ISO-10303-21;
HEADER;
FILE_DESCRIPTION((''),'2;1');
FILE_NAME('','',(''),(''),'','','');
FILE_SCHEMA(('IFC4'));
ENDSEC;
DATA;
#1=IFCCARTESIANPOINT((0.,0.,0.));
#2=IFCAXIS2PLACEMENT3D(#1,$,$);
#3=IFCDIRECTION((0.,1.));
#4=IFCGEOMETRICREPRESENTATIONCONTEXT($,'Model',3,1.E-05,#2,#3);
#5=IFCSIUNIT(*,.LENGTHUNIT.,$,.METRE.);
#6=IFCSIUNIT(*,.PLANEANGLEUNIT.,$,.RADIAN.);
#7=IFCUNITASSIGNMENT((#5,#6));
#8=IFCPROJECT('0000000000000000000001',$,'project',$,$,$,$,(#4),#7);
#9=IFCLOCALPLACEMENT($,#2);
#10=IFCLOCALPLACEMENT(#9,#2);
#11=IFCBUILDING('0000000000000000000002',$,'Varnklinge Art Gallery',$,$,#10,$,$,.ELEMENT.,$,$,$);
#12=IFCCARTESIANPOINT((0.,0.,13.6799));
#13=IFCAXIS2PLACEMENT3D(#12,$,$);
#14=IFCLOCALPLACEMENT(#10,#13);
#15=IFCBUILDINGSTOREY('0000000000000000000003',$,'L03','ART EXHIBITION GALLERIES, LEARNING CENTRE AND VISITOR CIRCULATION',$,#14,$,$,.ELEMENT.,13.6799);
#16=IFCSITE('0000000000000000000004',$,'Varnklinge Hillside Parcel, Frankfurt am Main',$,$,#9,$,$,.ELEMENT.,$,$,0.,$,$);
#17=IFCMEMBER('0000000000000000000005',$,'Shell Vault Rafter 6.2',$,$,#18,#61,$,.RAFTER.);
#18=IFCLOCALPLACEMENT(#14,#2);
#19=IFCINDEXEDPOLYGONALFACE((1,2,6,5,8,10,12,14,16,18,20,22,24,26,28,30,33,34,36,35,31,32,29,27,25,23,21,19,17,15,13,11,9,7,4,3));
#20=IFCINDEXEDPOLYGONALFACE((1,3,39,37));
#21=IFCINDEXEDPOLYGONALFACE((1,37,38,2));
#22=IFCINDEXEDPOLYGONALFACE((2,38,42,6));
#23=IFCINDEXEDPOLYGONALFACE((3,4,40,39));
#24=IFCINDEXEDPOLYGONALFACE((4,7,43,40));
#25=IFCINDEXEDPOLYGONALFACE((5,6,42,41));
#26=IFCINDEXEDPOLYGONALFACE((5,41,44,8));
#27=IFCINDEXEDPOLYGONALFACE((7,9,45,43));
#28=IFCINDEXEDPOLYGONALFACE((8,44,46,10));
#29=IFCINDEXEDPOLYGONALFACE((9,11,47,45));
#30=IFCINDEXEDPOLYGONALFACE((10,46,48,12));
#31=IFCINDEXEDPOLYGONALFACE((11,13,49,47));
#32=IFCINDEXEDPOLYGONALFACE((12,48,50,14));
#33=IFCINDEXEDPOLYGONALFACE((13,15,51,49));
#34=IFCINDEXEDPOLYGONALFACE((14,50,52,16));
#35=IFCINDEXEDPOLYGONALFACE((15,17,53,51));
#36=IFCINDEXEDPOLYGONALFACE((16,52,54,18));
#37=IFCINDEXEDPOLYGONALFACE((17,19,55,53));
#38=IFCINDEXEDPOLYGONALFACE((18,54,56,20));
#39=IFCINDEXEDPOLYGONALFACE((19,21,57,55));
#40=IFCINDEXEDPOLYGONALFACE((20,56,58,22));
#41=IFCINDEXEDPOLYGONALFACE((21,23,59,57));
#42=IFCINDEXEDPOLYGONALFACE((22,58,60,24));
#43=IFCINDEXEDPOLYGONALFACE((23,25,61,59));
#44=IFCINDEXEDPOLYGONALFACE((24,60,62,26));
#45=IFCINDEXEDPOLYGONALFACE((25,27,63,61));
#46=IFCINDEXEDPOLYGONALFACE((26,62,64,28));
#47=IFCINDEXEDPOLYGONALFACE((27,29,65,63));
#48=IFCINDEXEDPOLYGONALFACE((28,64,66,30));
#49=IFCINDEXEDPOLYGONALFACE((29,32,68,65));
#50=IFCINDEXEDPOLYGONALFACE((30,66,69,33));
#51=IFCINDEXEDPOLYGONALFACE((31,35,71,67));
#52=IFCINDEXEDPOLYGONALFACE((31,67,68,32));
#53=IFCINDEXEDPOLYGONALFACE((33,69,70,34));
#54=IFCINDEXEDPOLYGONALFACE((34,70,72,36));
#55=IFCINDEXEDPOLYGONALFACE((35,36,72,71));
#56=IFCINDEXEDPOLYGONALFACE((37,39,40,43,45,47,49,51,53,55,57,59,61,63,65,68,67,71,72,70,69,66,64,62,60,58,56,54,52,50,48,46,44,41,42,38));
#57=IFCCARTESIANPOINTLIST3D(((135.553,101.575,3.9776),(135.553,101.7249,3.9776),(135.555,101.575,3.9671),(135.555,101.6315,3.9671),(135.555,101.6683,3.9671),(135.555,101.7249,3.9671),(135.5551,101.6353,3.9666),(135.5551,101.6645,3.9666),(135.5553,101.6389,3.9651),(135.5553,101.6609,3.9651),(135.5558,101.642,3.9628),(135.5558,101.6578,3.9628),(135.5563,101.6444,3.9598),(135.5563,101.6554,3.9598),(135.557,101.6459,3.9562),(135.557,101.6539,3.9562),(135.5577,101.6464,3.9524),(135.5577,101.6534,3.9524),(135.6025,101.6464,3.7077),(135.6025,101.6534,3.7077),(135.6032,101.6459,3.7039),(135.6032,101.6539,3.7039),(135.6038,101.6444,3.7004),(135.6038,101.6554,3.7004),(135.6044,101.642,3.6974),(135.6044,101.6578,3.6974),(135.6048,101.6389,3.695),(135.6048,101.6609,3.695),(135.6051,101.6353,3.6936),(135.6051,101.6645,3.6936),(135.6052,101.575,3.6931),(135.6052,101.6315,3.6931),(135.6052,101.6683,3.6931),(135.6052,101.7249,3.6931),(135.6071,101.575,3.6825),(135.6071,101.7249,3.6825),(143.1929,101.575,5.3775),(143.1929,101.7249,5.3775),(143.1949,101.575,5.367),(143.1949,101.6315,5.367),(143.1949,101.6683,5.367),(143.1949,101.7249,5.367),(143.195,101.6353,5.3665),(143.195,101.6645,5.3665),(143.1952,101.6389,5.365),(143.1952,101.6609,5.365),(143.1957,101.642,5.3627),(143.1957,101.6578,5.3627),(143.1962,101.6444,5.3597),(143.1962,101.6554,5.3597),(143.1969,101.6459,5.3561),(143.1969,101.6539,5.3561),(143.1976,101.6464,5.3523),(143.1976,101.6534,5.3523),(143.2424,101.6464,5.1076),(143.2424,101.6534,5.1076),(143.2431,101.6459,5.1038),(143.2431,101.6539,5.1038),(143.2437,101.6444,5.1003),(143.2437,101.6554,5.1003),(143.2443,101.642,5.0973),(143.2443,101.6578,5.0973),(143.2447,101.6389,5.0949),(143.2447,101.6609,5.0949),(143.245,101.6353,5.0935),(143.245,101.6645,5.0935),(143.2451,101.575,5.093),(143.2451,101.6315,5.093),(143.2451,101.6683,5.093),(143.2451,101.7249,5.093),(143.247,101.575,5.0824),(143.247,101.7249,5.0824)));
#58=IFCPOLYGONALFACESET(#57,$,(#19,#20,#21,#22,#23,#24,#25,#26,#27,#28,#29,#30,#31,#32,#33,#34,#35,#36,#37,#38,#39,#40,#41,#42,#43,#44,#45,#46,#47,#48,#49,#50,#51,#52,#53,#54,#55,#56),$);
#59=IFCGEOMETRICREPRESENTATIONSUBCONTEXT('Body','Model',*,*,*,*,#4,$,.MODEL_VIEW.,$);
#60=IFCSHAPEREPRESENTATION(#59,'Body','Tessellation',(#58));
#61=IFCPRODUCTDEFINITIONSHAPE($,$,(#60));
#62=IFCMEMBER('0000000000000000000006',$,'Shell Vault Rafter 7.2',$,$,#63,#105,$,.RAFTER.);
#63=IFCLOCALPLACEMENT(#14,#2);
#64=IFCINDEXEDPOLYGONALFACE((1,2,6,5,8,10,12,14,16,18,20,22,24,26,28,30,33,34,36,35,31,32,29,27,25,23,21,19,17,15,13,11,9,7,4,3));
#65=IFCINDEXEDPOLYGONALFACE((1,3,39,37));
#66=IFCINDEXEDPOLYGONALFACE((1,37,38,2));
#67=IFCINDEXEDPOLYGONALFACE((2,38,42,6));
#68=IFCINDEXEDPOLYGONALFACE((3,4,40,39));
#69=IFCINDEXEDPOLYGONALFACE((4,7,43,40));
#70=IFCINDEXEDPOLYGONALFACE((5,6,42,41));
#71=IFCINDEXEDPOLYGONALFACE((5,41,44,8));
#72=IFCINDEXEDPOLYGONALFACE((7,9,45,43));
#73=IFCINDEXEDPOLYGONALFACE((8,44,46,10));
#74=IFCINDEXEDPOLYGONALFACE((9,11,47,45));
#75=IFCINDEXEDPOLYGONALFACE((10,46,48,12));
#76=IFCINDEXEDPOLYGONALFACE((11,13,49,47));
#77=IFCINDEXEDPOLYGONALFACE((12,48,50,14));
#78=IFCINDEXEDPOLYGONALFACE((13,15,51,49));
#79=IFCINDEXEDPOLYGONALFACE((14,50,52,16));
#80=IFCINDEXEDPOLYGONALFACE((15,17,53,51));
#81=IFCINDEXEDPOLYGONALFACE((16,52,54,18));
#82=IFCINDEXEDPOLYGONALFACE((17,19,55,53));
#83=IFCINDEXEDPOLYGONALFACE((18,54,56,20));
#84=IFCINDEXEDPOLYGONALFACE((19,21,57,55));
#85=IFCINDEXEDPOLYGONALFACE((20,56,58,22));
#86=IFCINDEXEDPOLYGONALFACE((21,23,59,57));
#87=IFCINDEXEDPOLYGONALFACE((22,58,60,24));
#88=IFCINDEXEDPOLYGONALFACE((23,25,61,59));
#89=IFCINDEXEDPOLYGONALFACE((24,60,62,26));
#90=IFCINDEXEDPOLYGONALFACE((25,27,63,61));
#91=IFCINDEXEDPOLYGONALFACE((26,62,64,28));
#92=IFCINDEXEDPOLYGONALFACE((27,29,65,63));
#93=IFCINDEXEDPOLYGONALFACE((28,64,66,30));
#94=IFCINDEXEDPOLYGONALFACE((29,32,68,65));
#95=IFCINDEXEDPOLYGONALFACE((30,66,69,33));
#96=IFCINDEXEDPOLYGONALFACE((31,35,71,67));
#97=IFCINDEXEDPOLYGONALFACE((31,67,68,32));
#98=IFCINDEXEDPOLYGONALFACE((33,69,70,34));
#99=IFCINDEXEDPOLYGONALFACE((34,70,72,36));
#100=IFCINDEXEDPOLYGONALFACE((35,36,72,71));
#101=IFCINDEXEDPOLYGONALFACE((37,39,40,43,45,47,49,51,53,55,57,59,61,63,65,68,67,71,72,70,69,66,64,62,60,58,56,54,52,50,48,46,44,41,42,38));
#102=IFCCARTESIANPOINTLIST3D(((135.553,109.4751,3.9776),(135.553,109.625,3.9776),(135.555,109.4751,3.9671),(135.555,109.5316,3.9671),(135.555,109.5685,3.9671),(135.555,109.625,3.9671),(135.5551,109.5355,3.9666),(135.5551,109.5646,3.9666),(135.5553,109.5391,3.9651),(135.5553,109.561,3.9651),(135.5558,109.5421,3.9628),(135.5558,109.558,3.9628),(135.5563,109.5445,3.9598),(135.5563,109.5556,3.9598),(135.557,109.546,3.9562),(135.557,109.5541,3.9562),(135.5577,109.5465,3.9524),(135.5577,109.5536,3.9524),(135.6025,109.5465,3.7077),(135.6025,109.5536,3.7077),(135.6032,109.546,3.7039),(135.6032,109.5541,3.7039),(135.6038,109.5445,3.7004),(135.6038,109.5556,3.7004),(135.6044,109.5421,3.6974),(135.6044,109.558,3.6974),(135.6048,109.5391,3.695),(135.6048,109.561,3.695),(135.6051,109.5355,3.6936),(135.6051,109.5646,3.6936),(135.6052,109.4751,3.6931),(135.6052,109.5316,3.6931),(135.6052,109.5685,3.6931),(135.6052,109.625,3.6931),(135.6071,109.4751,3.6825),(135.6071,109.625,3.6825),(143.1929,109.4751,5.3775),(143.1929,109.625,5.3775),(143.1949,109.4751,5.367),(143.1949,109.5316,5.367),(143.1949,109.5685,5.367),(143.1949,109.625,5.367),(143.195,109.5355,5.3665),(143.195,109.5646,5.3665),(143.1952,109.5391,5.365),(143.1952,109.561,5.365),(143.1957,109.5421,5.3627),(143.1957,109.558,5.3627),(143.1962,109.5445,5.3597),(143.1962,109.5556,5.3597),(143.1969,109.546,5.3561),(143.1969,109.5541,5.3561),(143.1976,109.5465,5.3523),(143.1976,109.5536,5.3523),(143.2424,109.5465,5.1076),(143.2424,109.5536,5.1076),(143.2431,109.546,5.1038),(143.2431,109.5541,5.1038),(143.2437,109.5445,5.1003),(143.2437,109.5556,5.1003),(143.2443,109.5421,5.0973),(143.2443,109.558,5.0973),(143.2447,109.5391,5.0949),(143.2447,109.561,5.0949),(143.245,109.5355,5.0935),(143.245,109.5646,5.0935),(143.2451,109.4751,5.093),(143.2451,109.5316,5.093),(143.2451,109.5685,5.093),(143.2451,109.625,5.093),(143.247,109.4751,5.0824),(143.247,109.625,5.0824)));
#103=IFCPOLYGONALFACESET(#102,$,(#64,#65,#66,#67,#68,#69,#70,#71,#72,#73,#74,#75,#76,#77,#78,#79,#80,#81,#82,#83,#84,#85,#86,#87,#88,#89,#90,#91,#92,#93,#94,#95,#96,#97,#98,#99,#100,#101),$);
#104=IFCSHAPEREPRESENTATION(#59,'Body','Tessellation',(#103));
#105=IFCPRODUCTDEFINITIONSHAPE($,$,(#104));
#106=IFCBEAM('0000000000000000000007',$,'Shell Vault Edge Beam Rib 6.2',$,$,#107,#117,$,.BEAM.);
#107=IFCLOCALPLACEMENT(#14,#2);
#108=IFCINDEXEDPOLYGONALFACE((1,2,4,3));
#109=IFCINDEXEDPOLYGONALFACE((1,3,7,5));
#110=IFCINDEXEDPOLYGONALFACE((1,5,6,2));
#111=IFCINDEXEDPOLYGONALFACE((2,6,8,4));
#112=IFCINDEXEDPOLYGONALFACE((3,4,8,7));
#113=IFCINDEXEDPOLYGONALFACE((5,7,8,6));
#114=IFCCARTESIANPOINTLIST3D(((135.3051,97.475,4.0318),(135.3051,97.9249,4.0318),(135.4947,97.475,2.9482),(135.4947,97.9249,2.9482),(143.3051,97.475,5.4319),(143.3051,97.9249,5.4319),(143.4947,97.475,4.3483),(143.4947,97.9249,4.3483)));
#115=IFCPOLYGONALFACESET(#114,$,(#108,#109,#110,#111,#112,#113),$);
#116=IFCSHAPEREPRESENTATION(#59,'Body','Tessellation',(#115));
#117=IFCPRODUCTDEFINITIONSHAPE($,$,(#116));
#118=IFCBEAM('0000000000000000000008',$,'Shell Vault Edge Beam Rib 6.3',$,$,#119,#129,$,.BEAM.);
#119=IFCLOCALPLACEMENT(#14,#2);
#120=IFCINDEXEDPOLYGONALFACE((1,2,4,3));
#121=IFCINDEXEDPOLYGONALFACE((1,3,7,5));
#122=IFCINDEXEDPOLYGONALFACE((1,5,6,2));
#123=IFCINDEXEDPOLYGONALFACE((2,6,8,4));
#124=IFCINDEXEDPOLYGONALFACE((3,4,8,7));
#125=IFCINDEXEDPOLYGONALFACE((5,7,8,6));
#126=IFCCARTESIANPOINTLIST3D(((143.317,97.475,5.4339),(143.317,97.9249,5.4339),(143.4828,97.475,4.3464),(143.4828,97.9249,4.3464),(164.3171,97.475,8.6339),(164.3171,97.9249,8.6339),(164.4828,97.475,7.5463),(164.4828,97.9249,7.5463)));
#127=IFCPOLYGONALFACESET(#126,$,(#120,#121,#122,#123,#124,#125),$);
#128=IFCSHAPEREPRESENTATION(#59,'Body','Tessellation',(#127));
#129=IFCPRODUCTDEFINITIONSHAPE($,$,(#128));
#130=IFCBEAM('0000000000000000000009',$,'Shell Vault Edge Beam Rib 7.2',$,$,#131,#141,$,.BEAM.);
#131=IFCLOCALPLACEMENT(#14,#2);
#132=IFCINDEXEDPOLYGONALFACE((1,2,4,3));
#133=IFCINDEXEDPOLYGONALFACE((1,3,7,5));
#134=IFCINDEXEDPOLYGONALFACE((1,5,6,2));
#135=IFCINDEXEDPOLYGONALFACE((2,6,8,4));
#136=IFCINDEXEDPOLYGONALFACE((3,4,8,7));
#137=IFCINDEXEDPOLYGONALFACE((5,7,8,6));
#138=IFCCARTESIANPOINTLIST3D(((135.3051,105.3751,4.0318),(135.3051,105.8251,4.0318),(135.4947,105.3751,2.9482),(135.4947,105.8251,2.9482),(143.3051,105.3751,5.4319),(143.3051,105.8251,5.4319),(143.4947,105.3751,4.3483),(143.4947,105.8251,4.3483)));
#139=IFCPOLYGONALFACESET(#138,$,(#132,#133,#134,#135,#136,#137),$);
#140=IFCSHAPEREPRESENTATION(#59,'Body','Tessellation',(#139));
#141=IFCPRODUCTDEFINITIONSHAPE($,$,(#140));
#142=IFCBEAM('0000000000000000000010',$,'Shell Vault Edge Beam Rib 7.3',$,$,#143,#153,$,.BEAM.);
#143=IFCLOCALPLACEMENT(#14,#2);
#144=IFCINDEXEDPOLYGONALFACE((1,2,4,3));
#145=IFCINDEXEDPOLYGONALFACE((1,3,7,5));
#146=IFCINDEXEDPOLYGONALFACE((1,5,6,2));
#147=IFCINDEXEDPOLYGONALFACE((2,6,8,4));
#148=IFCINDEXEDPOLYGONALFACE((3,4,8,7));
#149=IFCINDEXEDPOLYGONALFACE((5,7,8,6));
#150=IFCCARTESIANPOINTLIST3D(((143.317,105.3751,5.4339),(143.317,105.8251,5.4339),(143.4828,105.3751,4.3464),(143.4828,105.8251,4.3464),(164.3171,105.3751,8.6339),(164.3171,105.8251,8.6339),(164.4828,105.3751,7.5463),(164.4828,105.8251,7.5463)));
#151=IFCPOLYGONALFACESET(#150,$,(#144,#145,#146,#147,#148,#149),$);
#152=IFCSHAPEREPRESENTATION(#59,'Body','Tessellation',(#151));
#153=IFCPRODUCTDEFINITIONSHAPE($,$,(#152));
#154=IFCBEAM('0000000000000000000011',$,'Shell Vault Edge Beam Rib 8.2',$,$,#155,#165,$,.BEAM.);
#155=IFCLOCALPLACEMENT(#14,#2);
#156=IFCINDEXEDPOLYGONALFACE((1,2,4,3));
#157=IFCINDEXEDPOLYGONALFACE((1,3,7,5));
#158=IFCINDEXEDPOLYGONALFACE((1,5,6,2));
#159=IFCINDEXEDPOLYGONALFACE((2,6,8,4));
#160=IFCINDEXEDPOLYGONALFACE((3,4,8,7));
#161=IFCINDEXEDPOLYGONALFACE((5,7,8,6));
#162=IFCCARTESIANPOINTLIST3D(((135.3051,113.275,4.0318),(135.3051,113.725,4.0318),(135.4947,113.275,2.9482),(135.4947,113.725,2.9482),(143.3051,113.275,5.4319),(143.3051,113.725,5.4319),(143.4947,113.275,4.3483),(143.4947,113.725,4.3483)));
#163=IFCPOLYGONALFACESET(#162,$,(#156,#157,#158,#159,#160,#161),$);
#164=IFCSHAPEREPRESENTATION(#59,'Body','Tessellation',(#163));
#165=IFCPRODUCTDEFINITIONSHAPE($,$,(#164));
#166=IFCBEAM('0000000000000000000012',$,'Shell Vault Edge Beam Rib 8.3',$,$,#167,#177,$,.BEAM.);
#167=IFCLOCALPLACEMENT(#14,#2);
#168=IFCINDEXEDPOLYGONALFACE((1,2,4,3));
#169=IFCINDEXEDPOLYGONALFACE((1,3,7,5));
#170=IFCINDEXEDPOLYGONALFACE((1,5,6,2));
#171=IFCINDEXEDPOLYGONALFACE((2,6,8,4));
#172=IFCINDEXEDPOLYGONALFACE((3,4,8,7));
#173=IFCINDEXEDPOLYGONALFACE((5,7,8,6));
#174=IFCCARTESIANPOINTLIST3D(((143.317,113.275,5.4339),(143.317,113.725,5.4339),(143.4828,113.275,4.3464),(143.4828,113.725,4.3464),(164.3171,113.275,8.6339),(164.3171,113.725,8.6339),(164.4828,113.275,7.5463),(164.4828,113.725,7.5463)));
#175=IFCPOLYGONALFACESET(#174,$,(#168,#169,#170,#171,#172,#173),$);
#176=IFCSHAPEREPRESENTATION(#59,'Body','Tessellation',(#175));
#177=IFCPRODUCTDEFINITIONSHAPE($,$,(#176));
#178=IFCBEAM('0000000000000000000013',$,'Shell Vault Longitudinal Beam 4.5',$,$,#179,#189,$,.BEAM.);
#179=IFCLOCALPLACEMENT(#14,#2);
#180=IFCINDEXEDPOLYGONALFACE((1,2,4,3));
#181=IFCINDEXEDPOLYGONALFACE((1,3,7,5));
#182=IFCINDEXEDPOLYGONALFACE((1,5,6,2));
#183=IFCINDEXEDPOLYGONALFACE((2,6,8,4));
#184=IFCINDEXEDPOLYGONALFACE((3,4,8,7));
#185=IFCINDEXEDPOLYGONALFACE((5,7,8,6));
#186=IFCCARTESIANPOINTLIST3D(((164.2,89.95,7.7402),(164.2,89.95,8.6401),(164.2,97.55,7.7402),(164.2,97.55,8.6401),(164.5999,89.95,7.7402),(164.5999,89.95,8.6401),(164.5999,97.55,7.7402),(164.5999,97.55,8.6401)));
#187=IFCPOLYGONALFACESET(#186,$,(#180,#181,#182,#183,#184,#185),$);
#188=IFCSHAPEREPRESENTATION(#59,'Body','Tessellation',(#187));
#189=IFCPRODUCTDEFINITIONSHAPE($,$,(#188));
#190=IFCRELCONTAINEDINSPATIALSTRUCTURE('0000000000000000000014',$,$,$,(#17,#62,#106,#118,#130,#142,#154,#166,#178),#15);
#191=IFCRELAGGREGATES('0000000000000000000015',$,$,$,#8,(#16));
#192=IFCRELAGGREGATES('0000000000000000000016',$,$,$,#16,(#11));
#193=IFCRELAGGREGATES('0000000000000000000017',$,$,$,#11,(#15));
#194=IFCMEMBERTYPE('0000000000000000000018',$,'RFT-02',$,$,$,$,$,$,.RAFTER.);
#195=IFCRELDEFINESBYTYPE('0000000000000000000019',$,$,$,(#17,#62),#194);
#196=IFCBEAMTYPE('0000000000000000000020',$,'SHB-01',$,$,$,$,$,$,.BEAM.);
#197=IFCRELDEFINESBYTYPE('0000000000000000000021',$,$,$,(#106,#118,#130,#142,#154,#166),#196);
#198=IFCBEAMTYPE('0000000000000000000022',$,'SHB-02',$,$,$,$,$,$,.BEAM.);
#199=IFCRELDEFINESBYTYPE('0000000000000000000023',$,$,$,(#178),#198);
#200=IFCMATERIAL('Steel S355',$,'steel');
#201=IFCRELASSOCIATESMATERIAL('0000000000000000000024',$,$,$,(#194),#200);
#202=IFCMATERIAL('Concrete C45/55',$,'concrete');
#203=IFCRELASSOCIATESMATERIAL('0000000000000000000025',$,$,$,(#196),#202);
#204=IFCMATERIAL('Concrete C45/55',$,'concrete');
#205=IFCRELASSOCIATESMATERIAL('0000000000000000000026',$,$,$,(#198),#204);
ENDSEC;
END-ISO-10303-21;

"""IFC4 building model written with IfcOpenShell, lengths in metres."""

from ifc_helpers import new_model, si_unit, direction, frame, origin, origin_2d, place, context, subcontext, project, spatial, rectangle, i_section, extrude, material, material_profile, profile_set, type_object, element, save


model = new_model("IFC4")

# Units and contexts
model_context = context("Model", 3, precision=1e-05, world=origin(), true_north=direction((0.0, 1.0)))
body_context = subcontext(model_context, "Body", "Model", "MODEL_VIEW")
ifc_project = project(units=[si_unit("LENGTHUNIT", "METRE"), si_unit("PLANEANGLEUNIT", "RADIAN")], contexts=[model_context])

# Site, building, storey
site_placement = place(None, origin())
site = spatial("IfcSite", under=ifc_project, at=site_placement, Name="Varnklinge Hillside Parcel, Frankfurt am Main", CompositionType="ELEMENT", RefElevation=0.0)
building_placement = place(site_placement, origin())
building = spatial("IfcBuilding", under=site, at=building_placement, Name="Varnklinge Art Gallery", CompositionType="ELEMENT")
storey_placement = place(building_placement, frame((0.0, 0.0, 13.6799)))
storey = spatial("IfcBuildingStorey", under=building, at=storey_placement, Name="L03", Description="ART EXHIBITION GALLERIES, LEARNING CENTRE AND VISITOR CIRCULATION", CompositionType="ELEMENT", Elevation=13.6799)

# Members
ifc_material_1 = material(Name="Steel S355", Category="steel")
ifc_material_profile_1 = material_profile(ifc_material_1, i_section(OverallWidth=0.1499, OverallDepth=0.3, WebThickness=0.0071, FlangeThickness=0.0107, FilletRadius=0.0149, at=origin_2d()), Name="IPE 300")
ifc_profile_set_1 = profile_set([ifc_material_profile_1], Name="Steel S355")
member_type_1 = type_object("IfcMemberType", Name="RFT-02", PredefinedType="RAFTER", material=ifc_profile_set_1)
for number, where, z_axis, x_axis, name in (
    (1, (135.5801, 101.6499, 3.8301), (0.983624, 0.0, 0.180235), (0.0, 1.0, 0.0), "Shell Vault Rafter 6.2"),
    (2, (135.5801, 109.55, 3.8301), (0.983624, 0.0, 0.180235), (0.0, 1.0, 0.0), "Shell Vault Rafter 7.2"),
):
    element("IfcMember", number, at=place(storey_placement, frame(where, z_axis=z_axis, x_axis=x_axis)), inside=storey, type_object=member_type_1, Name=name, PredefinedType="RAFTER", context=body_context, shape_type="SweptSolid", body=[
        extrude(i_section(OverallWidth=0.1499, OverallDepth=0.3, WebThickness=0.0071, FlangeThickness=0.0107, FilletRadius=0.0149, at=origin_2d()), origin(), (0.0, 0.0, 1.0), 7.7671),
    ])

# Beams
ifc_material_2 = material(Name="Concrete C45/55", Category="concrete")
ifc_material_profile_2 = material_profile(ifc_material_2, rectangle(XDim=0.45, YDim=1.1001, at=origin_2d()), Name="RC 450x1100")
ifc_profile_set_2 = profile_set([ifc_material_profile_2], Name="Concrete C45/55")
beam_type_1 = type_object("IfcBeamType", Name="SHB-01", PredefinedType="BEAM", material=ifc_profile_set_2)
beam_1_placement = place(storey_placement, frame((135.3999, 97.7, 3.49), z_axis=(0.985027, 0.0, 0.172398), x_axis=(0.0, 1.0, 0.0)))
element("IfcBeam", 3, at=beam_1_placement, inside=storey, type_object=beam_type_1, Name="Shell Vault Edge Beam Rib 6.2", PredefinedType="BEAM", context=body_context, shape_type="SweptSolid", body=[
    extrude(rectangle(XDim=0.45, YDim=1.1001, at=origin_2d()), origin(), (0.0, 0.0, 1.0), 8.1216),
])
beam_2_placement = place(storey_placement, frame((143.3999, 97.7, 4.8901), z_axis=(0.988589, 0.0, 0.15064), x_axis=(0.0, 1.0, 0.0)))
element("IfcBeam", 4, at=beam_2_placement, inside=storey, type_object=beam_type_1, Name="Shell Vault Edge Beam Rib 6.3", PredefinedType="BEAM", context=body_context, shape_type="SweptSolid", body=[
    extrude(rectangle(XDim=0.45, YDim=1.1001, at=origin_2d()), origin(), (0.0, 0.0, 1.0), 21.2424),
])
beam_3_placement = place(storey_placement, frame((135.3999, 105.6001, 3.49), z_axis=(0.985027, 0.0, 0.172398), x_axis=(0.0, 1.0, 0.0)))
element("IfcBeam", 5, at=beam_3_placement, inside=storey, type_object=beam_type_1, Name="Shell Vault Edge Beam Rib 7.2", PredefinedType="BEAM", context=body_context, shape_type="SweptSolid", body=[
    extrude(rectangle(XDim=0.45, YDim=1.1001, at=origin_2d()), origin(), (0.0, 0.0, 1.0), 8.1216),
])
beam_4_placement = place(storey_placement, frame((143.3999, 105.6001, 4.8901), z_axis=(0.988589, 0.0, 0.15064), x_axis=(0.0, 1.0, 0.0)))
element("IfcBeam", 6, at=beam_4_placement, inside=storey, type_object=beam_type_1, Name="Shell Vault Edge Beam Rib 7.3", PredefinedType="BEAM", context=body_context, shape_type="SweptSolid", body=[
    extrude(rectangle(XDim=0.45, YDim=1.1001, at=origin_2d()), origin(), (0.0, 0.0, 1.0), 21.2424),
])
beam_5_placement = place(storey_placement, frame((135.3999, 113.5, 3.49), z_axis=(0.985027, 0.0, 0.172398), x_axis=(0.0, 1.0, 0.0)))
element("IfcBeam", 7, at=beam_5_placement, inside=storey, type_object=beam_type_1, Name="Shell Vault Edge Beam Rib 8.2", PredefinedType="BEAM", context=body_context, shape_type="SweptSolid", body=[
    extrude(rectangle(XDim=0.45, YDim=1.1001, at=origin_2d()), origin(), (0.0, 0.0, 1.0), 8.1216),
])
beam_6_placement = place(storey_placement, frame((143.3999, 113.5, 4.8901), z_axis=(0.988589, 0.0, 0.15064), x_axis=(0.0, 1.0, 0.0)))
element("IfcBeam", 8, at=beam_6_placement, inside=storey, type_object=beam_type_1, Name="Shell Vault Edge Beam Rib 8.3", PredefinedType="BEAM", context=body_context, shape_type="SweptSolid", body=[
    extrude(rectangle(XDim=0.45, YDim=1.1001, at=origin_2d()), origin(), (0.0, 0.0, 1.0), 21.2424),
])
ifc_material_3 = material(Name="Concrete C45/55", Category="concrete")
ifc_material_profile_3 = material_profile(ifc_material_3, rectangle(XDim=0.3999, YDim=0.8999, at=origin_2d()), Name="RC 400x900")
ifc_profile_set_3 = profile_set([ifc_material_profile_3], Name="Concrete C45/55")
beam_type_2 = type_object("IfcBeamType", Name="SHB-02", PredefinedType="BEAM", material=ifc_profile_set_3)
beam_7_placement = place(storey_placement, frame((164.3999, 89.95, 8.1902), z_axis=(0.0, 1.0, 0.0), x_axis=(-1.0, 0.0, 0.0)))
element("IfcBeam", 9, at=beam_7_placement, inside=storey, type_object=beam_type_2, Name="Shell Vault Longitudinal Beam 4.5", PredefinedType="BEAM", context=body_context, shape_type="SweptSolid", body=[
    extrude(rectangle(XDim=0.3999, YDim=0.8999, at=origin_2d()), origin(), (0.0, 0.0, 1.0), 7.6001),
])

save(model, "model.ifc")
